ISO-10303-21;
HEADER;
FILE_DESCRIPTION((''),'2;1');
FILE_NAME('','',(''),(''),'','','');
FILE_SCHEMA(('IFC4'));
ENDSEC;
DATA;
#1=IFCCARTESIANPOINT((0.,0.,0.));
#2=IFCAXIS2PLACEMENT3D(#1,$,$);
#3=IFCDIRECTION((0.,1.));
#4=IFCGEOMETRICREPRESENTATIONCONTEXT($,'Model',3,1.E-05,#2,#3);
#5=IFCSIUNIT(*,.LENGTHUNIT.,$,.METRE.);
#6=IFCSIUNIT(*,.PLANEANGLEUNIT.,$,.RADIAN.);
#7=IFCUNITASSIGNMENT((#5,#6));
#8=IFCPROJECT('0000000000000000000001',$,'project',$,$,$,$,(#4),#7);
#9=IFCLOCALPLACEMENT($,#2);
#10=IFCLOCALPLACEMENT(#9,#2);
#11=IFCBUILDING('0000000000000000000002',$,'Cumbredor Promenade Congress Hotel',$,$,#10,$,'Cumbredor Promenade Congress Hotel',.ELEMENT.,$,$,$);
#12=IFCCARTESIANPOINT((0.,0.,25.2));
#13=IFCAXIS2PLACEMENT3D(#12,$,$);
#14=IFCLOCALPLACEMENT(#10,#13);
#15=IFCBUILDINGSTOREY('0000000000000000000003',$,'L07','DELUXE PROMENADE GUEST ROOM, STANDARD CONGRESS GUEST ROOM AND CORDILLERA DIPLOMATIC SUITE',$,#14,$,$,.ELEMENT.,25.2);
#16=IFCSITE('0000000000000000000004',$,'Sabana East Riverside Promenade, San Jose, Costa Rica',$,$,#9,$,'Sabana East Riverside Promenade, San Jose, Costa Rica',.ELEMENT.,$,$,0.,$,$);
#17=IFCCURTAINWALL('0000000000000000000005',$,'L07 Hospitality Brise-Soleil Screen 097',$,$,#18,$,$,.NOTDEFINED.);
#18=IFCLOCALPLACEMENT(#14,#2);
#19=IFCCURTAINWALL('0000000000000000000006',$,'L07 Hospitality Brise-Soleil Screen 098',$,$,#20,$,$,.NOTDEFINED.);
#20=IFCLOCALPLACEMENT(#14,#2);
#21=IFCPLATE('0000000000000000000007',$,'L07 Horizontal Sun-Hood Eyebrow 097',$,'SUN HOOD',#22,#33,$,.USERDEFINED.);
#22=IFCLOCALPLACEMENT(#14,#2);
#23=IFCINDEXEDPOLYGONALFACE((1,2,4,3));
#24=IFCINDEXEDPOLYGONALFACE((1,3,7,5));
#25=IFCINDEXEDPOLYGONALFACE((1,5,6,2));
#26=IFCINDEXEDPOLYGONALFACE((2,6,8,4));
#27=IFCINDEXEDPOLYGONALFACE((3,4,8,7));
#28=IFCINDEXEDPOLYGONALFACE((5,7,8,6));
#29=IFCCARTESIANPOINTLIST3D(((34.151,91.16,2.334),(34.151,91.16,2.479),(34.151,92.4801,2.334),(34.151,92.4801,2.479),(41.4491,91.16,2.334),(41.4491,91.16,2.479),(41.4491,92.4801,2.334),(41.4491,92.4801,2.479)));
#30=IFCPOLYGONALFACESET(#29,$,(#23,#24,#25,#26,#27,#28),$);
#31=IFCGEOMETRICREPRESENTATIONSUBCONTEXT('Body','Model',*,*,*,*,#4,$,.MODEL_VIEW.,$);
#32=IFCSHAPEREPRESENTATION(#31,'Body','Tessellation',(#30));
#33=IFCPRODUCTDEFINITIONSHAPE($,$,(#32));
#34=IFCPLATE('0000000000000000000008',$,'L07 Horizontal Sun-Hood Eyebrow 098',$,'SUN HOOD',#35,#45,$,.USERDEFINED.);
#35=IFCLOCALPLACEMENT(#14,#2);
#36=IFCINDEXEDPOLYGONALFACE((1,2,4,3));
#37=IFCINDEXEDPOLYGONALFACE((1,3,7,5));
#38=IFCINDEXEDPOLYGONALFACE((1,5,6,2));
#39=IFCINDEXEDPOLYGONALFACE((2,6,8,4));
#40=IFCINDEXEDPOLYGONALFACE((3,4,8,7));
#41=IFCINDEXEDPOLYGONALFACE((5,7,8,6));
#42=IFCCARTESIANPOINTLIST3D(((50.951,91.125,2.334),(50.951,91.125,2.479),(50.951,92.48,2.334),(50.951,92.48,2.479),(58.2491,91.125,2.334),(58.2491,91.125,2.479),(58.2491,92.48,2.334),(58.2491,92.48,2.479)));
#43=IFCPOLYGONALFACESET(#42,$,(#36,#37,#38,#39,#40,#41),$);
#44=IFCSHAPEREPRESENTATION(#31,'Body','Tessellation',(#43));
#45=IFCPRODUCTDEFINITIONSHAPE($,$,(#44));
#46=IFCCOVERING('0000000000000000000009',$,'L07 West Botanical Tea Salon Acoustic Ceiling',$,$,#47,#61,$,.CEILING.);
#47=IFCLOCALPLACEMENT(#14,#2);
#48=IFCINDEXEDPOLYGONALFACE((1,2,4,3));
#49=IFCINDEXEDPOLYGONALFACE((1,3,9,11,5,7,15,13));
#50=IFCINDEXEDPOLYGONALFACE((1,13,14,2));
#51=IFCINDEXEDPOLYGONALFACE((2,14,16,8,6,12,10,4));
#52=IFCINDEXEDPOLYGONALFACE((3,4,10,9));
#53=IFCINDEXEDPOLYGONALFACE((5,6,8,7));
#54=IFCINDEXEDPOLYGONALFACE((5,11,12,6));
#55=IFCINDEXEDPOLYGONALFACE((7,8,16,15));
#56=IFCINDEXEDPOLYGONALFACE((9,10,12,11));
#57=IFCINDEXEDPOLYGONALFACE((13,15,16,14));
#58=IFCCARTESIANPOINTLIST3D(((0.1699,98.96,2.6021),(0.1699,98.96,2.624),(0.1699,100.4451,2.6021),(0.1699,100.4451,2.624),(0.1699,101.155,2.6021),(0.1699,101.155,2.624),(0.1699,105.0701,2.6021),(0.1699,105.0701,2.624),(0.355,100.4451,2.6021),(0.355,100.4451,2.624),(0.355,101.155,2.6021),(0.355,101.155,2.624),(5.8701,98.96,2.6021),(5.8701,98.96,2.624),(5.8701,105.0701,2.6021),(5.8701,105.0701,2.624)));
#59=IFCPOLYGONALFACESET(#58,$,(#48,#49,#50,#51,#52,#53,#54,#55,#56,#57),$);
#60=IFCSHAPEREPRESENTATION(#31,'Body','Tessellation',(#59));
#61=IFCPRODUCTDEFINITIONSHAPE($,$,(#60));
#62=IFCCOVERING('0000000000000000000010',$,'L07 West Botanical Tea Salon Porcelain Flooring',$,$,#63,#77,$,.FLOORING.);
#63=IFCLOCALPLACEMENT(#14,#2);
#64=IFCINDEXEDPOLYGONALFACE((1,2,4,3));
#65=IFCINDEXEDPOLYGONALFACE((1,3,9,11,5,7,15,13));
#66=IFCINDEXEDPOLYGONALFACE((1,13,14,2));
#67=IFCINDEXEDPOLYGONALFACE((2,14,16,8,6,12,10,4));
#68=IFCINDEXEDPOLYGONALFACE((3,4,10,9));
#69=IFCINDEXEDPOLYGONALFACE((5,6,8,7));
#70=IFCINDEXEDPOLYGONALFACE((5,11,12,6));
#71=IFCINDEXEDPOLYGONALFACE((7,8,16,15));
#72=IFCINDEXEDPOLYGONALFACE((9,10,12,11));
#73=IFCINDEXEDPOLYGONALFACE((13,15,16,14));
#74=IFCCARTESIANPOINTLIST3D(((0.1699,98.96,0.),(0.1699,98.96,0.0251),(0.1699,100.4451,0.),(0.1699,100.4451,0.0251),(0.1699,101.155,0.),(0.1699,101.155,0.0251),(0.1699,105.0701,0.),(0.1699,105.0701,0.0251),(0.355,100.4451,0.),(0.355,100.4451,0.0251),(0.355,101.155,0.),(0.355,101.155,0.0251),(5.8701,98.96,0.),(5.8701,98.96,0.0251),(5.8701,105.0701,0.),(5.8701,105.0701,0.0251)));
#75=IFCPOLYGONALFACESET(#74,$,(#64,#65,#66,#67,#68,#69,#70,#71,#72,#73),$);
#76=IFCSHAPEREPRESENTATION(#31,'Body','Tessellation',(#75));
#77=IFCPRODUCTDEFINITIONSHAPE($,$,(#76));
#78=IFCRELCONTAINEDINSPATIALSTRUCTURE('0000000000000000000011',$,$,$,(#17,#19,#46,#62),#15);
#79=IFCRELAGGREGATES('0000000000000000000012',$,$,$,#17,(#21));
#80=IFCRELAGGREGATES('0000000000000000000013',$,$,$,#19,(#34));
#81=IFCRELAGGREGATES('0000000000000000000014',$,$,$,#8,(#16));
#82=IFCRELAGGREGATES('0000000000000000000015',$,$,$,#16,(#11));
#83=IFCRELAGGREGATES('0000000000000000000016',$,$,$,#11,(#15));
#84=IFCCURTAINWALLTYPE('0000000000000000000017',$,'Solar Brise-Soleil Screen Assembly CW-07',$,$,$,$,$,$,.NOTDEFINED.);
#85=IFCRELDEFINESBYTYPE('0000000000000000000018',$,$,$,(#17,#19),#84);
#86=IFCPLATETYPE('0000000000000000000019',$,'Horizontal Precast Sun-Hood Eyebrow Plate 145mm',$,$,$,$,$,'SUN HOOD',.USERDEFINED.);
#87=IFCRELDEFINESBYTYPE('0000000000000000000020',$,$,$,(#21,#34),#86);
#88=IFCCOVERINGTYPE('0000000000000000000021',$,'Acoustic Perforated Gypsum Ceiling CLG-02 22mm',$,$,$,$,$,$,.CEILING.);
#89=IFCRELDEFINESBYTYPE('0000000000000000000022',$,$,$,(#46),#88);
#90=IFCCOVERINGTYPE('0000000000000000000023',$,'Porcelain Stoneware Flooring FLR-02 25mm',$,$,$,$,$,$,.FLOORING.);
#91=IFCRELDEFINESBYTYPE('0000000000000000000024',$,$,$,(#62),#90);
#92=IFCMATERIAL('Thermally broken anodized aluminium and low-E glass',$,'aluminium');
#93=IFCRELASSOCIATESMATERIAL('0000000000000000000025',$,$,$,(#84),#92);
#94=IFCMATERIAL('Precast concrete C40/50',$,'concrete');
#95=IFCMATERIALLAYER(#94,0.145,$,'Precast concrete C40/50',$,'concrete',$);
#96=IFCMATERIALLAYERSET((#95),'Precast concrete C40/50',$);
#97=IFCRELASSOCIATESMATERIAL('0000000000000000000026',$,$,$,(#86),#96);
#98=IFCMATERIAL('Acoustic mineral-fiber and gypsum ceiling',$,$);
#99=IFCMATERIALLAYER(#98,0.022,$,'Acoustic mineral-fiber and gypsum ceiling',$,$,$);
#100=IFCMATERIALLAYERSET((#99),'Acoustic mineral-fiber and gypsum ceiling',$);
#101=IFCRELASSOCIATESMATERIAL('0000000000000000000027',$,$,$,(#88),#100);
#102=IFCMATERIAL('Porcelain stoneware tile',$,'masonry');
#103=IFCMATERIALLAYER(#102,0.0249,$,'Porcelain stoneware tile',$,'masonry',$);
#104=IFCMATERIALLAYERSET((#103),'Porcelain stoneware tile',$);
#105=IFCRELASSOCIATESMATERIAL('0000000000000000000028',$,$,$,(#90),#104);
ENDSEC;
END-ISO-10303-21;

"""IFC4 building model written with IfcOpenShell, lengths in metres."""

from ifc_helpers import new_model, si_unit, direction, frame, origin, origin_2d, place, context, subcontext, project, spatial, polyline, rectangle, outline, extrude, material, layer, layer_set, type_object, element, aggregate, save


model = new_model("IFC4")

# Units and contexts
model_context = context("Model", 3, precision=1e-05, world=origin(), true_north=direction((0.0, 1.0)))
body_context = subcontext(model_context, "Body", "Model", "MODEL_VIEW")
ifc_project = project(units=[si_unit("LENGTHUNIT", "METRE"), si_unit("PLANEANGLEUNIT", "RADIAN")], contexts=[model_context])

# Site, building, storey
site_placement = place(None, origin())
site = spatial("IfcSite", under=ifc_project, at=site_placement, Name="Sabana East Riverside Promenade, San Jose, Costa Rica", LongName="Sabana East Riverside Promenade, San Jose, Costa Rica", CompositionType="ELEMENT", RefElevation=0.0)
building_placement = place(site_placement, origin())
building = spatial("IfcBuilding", under=site, at=building_placement, Name="Cumbredor Promenade Congress Hotel", LongName="Cumbredor Promenade Congress Hotel", CompositionType="ELEMENT")
storey_placement = place(building_placement, frame((0.0, 0.0, 25.2)))
storey = spatial("IfcBuildingStorey", under=building, at=storey_placement, Name="L07", Description="DELUXE PROMENADE GUEST ROOM, STANDARD CONGRESS GUEST ROOM AND CORDILLERA DIPLOMATIC SUITE", CompositionType="ELEMENT", Elevation=25.2)

# Curtain walls
ifc_material_1 = material(Name="Thermally broken anodized aluminium and low-E glass", Category="aluminium")
curtain_wall_type = type_object("IfcCurtainWallType", Name="Solar Brise-Soleil Screen Assembly CW-07", PredefinedType="NOTDEFINED", material=ifc_material_1)
curtain_wall_1_placement = place(storey_placement, origin())
curtain_wall_1 = element("IfcCurtainWall", 1, at=curtain_wall_1_placement, inside=storey, type_object=curtain_wall_type, Name="L07 Hospitality Brise-Soleil Screen 097", PredefinedType="NOTDEFINED")
curtain_wall_2_placement = place(storey_placement, origin())
curtain_wall_2 = element("IfcCurtainWall", 2, at=curtain_wall_2_placement, inside=storey, type_object=curtain_wall_type, Name="L07 Hospitality Brise-Soleil Screen 098", PredefinedType="NOTDEFINED")

# Shared definitions
ifc_material_2 = material(Name="Precast concrete C40/50", Category="concrete")
ifc_layer_1 = layer(ifc_material_2, 0.145, Name="Precast concrete C40/50", Category="concrete")
ifc_layer_set_1 = layer_set([ifc_layer_1], Name="Precast concrete C40/50")
plate_type = type_object("IfcPlateType", Name="Horizontal Precast Sun-Hood Eyebrow Plate 145mm", ElementType="SUN HOOD", PredefinedType="USERDEFINED", material=ifc_layer_set_1)

# Plates
plate_1_placement = place(storey_placement, frame((37.8, 91.8201, 2.334), z_axis=(0.0, 0.0, 1.0), x_axis=(1.0, 0.0, 0.0)))
plate_1 = element("IfcPlate", 3, at=plate_1_placement, type_object=plate_type, Name="L07 Horizontal Sun-Hood Eyebrow 097", ObjectType="SUN HOOD", PredefinedType="USERDEFINED", context=body_context, shape_type="SweptSolid", body=[
    extrude(rectangle(XDim=7.2981, YDim=1.3201, at=origin_2d()), origin(), (0.0, 0.0, 1.0), 0.145),
])
aggregate(curtain_wall_1, [plate_1])
plate_2_placement = place(storey_placement, frame((54.6001, 91.8025, 2.334), z_axis=(0.0, 0.0, 1.0), x_axis=(1.0, 0.0, 0.0)))
plate_2 = element("IfcPlate", 4, at=plate_2_placement, type_object=plate_type, Name="L07 Horizontal Sun-Hood Eyebrow 098", ObjectType="SUN HOOD", PredefinedType="USERDEFINED", context=body_context, shape_type="SweptSolid", body=[
    extrude(rectangle(XDim=7.2981, YDim=1.355, at=origin_2d()), origin(), (0.0, 0.0, 1.0), 0.145),
])
aggregate(curtain_wall_2, [plate_2])

# Coverings
ifc_material_3 = material(Name="Acoustic mineral-fiber and gypsum ceiling")
ifc_layer_2 = layer(ifc_material_3, 0.022, Name="Acoustic mineral-fiber and gypsum ceiling")
ifc_layer_set_2 = layer_set([ifc_layer_2], Name="Acoustic mineral-fiber and gypsum ceiling")
covering_type_1 = type_object("IfcCoveringType", Name="Acoustic Perforated Gypsum Ceiling CLG-02 22mm", PredefinedType="CEILING", material=ifc_layer_set_2)
covering_1_placement = place(storey_placement, frame((0.0, 0.0, 2.6021)))
element("IfcCovering", 5, at=covering_1_placement, inside=storey, type_object=covering_type_1, Name="L07 West Botanical Tea Salon Acoustic Ceiling", PredefinedType="CEILING", context=body_context, shape_type="SweptSolid", body=[
    extrude(outline(polyline([(0.1699, 105.0701), (5.8701, 105.0701), (5.8701, 98.96), (0.1699, 98.96), (0.1699, 100.4451), (0.355, 100.4451), (0.355, 101.155), (0.1699, 101.155), (0.1699, 105.0701)])), origin(), (0.0, 0.0, 1.0), 0.022),
])
ifc_material_4 = material(Name="Porcelain stoneware tile", Category="masonry")
ifc_layer_3 = layer(ifc_material_4, 0.0249, Name="Porcelain stoneware tile", Category="masonry")
ifc_layer_set_3 = layer_set([ifc_layer_3], Name="Porcelain stoneware tile")
covering_type_2 = type_object("IfcCoveringType", Name="Porcelain Stoneware Flooring FLR-02 25mm", PredefinedType="FLOORING", material=ifc_layer_set_3)
covering_2_placement = place(storey_placement, origin())
element("IfcCovering", 6, at=covering_2_placement, inside=storey, type_object=covering_type_2, Name="L07 West Botanical Tea Salon Porcelain Flooring", PredefinedType="FLOORING", context=body_context, shape_type="SweptSolid", body=[
    extrude(outline(polyline([(0.1699, 105.0701), (5.8701, 105.0701), (5.8701, 98.96), (0.1699, 98.96), (0.1699, 100.4451), (0.355, 100.4451), (0.355, 101.155), (0.1699, 101.155), (0.1699, 105.0701)])), origin(), (0.0, 0.0, 1.0), 0.0251),
])

save(model, "model.ifc")
